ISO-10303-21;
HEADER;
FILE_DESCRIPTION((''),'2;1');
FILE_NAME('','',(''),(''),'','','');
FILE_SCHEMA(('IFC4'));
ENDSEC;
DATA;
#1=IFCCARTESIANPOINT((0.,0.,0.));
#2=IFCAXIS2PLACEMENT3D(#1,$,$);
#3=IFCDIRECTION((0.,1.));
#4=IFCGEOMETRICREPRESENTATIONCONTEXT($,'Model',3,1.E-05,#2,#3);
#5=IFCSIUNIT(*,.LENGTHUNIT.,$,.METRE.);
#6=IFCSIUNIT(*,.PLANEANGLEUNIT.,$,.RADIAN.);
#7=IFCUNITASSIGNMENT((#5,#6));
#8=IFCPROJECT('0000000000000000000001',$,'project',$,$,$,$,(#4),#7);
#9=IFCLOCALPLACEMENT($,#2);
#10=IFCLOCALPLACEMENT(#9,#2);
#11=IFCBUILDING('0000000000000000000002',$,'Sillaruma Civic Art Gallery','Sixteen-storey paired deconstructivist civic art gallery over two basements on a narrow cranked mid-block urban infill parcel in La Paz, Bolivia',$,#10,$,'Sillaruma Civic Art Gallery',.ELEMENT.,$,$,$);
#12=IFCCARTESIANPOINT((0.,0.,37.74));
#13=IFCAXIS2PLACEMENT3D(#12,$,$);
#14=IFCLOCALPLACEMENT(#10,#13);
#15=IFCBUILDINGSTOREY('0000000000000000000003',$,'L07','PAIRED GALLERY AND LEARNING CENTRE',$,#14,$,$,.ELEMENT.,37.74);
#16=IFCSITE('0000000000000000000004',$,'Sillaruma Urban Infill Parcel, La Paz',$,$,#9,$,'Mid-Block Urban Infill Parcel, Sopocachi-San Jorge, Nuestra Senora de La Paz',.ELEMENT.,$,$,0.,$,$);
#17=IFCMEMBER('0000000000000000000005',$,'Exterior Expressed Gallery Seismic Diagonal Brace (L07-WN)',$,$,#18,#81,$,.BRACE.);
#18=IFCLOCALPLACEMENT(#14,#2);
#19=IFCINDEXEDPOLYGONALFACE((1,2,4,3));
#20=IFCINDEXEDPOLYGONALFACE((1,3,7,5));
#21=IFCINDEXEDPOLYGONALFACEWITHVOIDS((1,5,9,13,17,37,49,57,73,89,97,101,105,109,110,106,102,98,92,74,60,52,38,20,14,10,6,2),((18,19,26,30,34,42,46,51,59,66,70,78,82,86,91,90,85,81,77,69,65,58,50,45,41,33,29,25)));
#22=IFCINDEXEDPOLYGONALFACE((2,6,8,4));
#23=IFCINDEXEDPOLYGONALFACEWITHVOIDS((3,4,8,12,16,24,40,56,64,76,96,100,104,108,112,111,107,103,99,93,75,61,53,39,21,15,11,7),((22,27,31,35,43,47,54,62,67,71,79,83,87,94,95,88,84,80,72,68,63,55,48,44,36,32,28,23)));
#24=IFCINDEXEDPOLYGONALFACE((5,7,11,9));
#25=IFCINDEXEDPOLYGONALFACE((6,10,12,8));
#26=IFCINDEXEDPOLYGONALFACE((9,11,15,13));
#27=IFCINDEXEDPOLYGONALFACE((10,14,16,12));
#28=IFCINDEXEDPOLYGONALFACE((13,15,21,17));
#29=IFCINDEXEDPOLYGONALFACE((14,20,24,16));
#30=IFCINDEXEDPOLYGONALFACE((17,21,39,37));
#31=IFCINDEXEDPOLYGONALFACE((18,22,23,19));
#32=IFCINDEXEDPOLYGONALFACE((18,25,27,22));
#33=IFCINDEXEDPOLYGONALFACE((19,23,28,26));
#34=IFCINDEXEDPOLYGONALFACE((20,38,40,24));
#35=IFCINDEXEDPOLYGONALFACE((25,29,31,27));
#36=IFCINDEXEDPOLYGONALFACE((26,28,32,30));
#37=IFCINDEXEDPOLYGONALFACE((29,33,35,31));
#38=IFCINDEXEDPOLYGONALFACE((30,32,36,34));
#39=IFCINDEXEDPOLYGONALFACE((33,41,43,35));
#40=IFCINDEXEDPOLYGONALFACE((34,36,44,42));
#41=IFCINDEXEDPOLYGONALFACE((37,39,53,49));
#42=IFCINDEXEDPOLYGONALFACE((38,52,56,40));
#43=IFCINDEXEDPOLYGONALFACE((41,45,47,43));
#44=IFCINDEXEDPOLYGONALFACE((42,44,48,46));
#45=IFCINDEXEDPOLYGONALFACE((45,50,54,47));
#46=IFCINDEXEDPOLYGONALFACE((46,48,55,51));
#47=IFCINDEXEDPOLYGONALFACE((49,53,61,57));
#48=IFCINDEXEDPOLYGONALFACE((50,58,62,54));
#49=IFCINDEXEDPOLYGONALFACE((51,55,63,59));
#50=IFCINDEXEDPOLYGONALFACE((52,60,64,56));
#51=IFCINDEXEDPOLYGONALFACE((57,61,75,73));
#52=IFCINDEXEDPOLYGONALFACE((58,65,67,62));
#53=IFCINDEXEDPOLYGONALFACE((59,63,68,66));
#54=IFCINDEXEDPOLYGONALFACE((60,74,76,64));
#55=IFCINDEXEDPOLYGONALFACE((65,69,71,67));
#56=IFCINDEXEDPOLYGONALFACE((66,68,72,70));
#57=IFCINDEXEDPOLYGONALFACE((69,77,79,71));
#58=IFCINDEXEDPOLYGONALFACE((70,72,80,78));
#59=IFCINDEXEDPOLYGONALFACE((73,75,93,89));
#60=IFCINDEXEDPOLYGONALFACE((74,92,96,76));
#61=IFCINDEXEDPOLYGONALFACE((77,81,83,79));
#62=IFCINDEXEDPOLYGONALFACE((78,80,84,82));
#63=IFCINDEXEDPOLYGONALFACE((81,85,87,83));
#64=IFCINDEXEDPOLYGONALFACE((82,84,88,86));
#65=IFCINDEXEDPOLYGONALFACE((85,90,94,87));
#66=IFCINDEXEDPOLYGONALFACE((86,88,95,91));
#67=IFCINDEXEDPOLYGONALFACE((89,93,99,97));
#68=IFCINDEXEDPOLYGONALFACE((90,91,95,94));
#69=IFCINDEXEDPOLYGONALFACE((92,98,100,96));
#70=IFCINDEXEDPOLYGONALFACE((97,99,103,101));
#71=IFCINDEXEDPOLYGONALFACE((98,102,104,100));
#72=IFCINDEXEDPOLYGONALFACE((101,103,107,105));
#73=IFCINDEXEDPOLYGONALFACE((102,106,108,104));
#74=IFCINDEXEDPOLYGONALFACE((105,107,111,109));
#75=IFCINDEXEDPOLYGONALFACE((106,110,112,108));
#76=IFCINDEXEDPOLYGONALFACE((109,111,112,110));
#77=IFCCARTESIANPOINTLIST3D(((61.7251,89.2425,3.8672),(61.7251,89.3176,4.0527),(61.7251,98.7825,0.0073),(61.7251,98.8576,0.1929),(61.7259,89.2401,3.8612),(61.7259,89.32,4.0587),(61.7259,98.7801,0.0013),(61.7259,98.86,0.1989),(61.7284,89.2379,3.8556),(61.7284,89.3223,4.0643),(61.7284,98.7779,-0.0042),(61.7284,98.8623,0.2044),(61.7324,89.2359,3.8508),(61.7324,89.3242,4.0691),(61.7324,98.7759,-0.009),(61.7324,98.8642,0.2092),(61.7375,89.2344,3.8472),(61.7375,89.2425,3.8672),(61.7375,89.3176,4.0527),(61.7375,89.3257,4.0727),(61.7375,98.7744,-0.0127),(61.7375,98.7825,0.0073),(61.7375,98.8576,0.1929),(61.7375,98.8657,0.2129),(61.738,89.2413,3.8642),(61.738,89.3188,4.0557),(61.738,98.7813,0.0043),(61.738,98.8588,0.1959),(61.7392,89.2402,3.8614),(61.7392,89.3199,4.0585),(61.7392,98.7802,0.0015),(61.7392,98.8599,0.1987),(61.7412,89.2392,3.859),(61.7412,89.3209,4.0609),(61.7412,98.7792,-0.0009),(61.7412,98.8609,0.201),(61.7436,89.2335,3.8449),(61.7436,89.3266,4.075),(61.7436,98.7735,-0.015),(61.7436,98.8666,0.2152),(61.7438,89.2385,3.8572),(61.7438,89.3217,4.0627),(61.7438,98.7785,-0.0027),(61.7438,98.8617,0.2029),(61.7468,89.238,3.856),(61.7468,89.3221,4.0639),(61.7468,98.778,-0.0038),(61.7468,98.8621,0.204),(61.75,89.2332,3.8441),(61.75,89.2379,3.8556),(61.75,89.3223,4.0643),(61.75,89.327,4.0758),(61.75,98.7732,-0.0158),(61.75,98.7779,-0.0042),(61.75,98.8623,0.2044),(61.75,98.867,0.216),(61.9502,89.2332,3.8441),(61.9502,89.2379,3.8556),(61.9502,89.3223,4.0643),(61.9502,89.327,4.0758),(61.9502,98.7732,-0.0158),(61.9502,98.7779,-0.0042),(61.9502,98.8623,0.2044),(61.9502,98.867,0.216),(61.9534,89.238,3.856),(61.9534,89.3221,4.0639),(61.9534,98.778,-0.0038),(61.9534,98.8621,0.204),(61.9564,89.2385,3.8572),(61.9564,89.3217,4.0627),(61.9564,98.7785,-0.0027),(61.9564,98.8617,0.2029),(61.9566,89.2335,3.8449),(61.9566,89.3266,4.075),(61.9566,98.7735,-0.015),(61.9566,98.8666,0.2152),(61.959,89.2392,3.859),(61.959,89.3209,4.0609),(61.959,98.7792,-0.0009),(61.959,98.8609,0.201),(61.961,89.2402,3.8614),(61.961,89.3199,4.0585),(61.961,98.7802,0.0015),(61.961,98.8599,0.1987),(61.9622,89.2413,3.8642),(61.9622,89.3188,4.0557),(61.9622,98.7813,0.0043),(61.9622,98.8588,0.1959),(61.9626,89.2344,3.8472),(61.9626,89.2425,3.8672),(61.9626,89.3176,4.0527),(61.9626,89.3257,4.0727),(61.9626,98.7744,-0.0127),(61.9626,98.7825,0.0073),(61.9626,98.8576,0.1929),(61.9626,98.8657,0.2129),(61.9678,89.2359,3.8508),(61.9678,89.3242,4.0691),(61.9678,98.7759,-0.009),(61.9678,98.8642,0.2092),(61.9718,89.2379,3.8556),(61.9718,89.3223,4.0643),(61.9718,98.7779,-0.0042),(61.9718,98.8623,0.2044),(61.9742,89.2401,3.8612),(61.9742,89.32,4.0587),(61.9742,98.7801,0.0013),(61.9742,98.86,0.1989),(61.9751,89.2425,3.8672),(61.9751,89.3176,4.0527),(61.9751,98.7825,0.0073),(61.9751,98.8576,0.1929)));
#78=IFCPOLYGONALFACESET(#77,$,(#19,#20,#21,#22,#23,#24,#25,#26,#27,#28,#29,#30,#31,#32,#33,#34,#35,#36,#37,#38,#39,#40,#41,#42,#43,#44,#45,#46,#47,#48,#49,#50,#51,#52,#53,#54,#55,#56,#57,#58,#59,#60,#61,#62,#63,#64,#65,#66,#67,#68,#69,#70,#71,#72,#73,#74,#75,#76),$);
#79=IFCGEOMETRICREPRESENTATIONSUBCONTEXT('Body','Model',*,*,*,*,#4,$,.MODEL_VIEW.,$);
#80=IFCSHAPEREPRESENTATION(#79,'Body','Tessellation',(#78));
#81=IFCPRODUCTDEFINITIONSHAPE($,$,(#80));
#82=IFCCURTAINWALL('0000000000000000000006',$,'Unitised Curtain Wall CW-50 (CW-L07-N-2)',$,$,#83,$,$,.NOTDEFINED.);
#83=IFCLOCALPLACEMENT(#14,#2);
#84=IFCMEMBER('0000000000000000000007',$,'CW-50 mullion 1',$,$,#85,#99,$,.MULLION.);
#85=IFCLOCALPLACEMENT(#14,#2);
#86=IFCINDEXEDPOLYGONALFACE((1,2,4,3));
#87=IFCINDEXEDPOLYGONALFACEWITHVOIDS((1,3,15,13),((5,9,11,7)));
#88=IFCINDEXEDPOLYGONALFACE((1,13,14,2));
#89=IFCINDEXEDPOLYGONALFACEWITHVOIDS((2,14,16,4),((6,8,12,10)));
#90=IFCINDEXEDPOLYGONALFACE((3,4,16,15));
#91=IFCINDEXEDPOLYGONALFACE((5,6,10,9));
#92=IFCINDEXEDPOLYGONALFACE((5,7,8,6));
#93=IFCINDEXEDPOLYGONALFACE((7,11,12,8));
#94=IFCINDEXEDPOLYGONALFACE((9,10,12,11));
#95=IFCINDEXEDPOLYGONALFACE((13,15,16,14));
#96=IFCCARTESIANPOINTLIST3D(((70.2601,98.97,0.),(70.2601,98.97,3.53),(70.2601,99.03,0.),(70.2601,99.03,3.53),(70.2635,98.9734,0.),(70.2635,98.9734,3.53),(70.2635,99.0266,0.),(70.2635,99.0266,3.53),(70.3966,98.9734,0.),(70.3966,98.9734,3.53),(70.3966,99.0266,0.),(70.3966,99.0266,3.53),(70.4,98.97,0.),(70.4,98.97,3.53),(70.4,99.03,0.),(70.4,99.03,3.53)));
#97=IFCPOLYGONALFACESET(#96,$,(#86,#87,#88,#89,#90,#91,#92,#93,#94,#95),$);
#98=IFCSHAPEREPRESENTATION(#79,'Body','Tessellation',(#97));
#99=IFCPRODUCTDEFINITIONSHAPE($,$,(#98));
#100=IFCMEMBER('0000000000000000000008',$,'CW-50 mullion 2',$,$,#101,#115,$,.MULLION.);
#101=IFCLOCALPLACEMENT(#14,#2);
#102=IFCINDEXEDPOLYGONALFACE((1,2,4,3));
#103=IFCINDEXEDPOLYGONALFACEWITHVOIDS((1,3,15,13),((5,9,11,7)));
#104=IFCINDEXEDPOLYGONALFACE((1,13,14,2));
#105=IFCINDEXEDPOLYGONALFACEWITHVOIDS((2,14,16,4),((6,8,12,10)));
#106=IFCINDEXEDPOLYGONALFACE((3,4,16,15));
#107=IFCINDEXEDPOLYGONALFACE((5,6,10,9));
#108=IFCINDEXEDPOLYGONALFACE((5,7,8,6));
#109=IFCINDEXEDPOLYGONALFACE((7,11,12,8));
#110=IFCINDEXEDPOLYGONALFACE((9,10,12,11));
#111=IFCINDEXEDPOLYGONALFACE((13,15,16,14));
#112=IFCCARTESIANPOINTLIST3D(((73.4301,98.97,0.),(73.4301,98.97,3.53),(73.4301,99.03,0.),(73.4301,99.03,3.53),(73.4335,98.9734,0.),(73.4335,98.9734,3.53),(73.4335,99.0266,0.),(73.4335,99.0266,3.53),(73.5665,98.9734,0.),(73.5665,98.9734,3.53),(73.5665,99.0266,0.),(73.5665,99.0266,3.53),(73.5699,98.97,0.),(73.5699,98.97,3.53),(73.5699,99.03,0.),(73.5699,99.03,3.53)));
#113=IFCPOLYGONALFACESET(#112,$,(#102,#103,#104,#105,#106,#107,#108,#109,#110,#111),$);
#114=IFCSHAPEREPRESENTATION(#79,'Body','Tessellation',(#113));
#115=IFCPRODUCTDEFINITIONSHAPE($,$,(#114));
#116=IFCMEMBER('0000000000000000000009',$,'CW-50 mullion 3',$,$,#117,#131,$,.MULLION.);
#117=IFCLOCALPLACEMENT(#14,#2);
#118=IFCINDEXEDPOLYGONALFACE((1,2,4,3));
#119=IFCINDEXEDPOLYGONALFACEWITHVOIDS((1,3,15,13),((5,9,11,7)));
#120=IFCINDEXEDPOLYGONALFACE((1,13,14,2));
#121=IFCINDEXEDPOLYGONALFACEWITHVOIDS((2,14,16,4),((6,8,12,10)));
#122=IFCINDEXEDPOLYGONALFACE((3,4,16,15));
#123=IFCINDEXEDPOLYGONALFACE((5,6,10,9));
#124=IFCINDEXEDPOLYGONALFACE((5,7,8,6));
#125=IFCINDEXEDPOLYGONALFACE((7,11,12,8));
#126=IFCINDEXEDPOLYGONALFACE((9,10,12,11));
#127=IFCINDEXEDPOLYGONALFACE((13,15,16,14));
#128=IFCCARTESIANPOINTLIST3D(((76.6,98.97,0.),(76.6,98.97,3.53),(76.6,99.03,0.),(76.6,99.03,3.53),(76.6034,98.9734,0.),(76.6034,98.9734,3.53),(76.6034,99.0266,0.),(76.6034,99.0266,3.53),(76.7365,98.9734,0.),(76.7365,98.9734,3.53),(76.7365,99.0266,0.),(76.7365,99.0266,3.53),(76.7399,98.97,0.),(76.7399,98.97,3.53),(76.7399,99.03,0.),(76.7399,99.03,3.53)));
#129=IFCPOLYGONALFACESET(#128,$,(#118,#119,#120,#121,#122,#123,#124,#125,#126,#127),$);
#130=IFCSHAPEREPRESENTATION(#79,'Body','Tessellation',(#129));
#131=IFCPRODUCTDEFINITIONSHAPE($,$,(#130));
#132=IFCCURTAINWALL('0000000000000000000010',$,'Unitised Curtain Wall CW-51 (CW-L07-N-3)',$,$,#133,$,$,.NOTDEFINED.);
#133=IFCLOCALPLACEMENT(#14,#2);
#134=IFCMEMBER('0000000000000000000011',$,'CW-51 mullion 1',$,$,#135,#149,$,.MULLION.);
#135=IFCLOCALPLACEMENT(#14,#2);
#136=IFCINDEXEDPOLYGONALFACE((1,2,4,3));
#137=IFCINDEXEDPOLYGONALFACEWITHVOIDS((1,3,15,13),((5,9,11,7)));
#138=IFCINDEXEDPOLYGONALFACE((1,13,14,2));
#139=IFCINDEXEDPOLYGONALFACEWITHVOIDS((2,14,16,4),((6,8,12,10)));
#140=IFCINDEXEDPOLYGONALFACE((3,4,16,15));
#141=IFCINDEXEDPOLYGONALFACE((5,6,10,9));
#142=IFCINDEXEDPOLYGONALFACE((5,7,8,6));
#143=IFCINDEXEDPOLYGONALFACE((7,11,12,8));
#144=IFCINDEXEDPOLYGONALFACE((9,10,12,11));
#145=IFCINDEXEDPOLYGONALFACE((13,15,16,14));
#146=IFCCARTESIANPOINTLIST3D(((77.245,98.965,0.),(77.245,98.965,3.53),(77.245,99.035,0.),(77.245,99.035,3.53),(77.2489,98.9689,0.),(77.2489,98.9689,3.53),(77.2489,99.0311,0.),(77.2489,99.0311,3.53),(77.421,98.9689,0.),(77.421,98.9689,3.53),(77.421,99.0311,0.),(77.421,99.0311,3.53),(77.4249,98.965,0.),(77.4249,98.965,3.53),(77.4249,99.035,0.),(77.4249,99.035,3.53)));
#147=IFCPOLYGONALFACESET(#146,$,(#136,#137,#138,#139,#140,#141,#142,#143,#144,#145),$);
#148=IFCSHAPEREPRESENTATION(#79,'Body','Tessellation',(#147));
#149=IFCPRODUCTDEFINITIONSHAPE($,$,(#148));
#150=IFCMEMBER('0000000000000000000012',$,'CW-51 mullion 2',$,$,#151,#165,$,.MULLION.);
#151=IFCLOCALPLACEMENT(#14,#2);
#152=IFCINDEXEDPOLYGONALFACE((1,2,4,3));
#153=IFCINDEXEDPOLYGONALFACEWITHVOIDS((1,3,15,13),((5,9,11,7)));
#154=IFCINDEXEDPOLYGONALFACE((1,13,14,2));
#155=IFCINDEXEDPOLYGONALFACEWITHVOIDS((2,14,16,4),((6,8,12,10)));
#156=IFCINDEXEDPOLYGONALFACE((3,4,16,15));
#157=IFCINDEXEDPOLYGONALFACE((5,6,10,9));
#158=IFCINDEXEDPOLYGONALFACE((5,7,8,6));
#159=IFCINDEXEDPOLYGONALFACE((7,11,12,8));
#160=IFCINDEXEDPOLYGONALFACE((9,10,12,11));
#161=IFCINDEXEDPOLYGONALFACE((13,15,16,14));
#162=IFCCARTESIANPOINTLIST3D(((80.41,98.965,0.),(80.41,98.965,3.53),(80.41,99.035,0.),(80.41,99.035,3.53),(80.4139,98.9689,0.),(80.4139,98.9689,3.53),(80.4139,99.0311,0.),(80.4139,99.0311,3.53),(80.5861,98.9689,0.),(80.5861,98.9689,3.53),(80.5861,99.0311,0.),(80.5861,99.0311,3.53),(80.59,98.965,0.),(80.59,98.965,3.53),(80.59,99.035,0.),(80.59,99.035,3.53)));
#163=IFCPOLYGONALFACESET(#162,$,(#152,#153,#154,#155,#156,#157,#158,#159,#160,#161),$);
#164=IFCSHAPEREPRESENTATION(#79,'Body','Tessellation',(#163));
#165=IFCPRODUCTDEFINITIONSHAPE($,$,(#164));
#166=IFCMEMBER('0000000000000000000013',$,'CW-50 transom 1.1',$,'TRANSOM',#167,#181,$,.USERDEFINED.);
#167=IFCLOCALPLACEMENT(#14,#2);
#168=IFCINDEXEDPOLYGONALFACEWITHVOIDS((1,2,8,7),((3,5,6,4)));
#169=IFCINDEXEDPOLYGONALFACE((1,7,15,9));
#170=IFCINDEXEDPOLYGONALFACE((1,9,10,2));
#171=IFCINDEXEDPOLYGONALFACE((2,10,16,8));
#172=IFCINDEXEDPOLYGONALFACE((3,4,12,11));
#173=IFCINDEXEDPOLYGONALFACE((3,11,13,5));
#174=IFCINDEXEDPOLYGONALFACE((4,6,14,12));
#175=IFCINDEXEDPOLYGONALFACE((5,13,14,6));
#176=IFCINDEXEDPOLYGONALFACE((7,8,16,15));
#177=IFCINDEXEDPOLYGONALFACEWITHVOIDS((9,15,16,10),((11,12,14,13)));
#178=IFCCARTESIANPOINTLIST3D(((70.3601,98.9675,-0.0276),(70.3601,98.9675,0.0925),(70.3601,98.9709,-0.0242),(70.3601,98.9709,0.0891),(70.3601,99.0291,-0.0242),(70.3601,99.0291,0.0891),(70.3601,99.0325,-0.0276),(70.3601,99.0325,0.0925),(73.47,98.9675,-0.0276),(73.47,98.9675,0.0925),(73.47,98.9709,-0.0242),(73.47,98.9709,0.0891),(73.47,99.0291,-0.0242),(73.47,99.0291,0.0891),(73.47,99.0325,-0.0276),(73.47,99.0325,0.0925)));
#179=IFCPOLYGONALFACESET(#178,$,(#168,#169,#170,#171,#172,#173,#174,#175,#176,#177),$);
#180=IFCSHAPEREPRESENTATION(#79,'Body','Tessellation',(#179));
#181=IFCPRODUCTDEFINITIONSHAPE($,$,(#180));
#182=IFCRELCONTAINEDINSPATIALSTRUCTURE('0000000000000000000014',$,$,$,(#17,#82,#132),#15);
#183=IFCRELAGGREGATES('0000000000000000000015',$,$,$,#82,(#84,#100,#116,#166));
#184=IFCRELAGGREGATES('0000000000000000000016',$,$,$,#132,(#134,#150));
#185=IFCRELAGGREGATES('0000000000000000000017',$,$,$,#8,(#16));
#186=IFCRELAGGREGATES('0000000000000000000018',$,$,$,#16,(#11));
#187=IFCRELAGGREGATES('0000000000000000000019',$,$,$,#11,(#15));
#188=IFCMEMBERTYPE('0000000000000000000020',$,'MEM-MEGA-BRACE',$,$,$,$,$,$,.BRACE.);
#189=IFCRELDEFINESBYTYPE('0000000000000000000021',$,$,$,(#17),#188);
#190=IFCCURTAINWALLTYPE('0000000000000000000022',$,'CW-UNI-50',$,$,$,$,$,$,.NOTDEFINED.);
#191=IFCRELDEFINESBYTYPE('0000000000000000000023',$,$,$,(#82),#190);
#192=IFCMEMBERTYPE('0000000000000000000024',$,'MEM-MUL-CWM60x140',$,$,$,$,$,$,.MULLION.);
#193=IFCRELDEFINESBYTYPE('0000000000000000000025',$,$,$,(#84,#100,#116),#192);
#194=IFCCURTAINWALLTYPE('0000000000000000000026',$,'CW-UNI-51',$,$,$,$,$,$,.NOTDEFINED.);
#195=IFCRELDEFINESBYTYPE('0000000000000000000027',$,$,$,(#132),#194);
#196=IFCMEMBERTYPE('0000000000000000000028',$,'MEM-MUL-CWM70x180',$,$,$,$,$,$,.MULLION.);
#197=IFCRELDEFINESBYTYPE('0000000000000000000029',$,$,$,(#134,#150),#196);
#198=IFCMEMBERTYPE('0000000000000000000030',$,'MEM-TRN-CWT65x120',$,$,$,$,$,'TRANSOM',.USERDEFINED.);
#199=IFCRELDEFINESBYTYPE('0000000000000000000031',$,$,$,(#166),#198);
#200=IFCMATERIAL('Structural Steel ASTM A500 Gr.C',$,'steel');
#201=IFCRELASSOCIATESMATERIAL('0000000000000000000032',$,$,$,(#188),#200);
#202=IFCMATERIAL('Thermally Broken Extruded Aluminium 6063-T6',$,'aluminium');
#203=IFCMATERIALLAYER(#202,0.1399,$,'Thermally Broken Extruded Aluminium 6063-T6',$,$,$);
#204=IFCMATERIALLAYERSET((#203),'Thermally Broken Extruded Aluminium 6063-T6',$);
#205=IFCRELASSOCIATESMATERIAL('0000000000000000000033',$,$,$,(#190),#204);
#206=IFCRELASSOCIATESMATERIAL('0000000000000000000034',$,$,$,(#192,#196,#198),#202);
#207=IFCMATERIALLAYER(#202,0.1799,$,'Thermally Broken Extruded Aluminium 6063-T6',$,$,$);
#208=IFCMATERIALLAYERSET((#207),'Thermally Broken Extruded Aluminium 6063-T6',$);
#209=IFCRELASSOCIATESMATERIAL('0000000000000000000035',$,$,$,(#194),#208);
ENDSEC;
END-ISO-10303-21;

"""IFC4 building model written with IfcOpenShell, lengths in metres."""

from ifc_helpers import new_model, si_unit, direction, frame, origin, origin_2d, place, context, subcontext, project, spatial, hollow_rectangle, extrude, material, layer, layer_set, material_profile, profile_set, type_object, element, aggregate, save


model = new_model("IFC4")

# Units and contexts
model_context = context("Model", 3, precision=1e-05, world=origin(), true_north=direction((0.0, 1.0)))
body_context = subcontext(model_context, "Body", "Model", "MODEL_VIEW")
ifc_project = project(units=[si_unit("LENGTHUNIT", "METRE"), si_unit("PLANEANGLEUNIT", "RADIAN")], contexts=[model_context])

# Site, building, storey
site_placement = place(None, origin())
site = spatial("IfcSite", under=ifc_project, at=site_placement, Name="Sillaruma Urban Infill Parcel, La Paz", LongName="Mid-Block Urban Infill Parcel, Sopocachi-San Jorge, Nuestra Senora de La Paz", CompositionType="ELEMENT", RefElevation=0.0)
building_placement = place(site_placement, origin())
building = spatial("IfcBuilding", under=site, at=building_placement, Name="Sillaruma Civic Art Gallery", Description="Sixteen-storey paired deconstructivist civic art gallery over two basements on a narrow cranked mid-block urban infill parcel in La Paz, Bolivia", LongName="Sillaruma Civic Art Gallery", CompositionType="ELEMENT")
storey_placement = place(building_placement, frame((0.0, 0.0, 37.74)))
storey = spatial("IfcBuildingStorey", under=building, at=storey_placement, Name="L07", Description="PAIRED GALLERY AND LEARNING CENTRE", CompositionType="ELEMENT", Elevation=37.74)

# Member
ifc_material_1 = material(Name="Structural Steel ASTM A500 Gr.C", Category="steel")
ifc_material_profile_1 = material_profile(ifc_material_1, hollow_rectangle(XDim=0.25, YDim=0.25, WallThickness=0.0125, InnerFilletRadius=0.0125, OuterFilletRadius=0.0249, at=origin_2d()), Name="HSS250x250x12.5")
ifc_profile_set_1 = profile_set([ifc_material_profile_1], Name="Structural Steel ASTM A500 Gr.C")
member_type_1 = type_object("IfcMemberType", Name="MEM-MEGA-BRACE", PredefinedType="BRACE", material=ifc_profile_set_1)
member_1_placement = place(storey_placement, frame((61.8501, 98.8201, 0.1001), z_axis=(0.0, -0.927, 0.375061), x_axis=(1.0, 0.0, 0.0)))
element("IfcMember", 1, at=member_1_placement, inside=storey, type_object=member_type_1, Name="Exterior Expressed Gallery Seismic Diagonal Brace (L07-WN)", PredefinedType="BRACE", context=body_context, shape_type="SweptSolid", body=[
    extrude(hollow_rectangle(XDim=0.25, YDim=0.25, WallThickness=0.0125, InnerFilletRadius=0.0125, OuterFilletRadius=0.0249, at=origin_2d()), origin(), (0.0, 0.0, 1.0), 10.2913),
])

# Curtain walls, members
ifc_material_2 = material(Name="Thermally Broken Extruded Aluminium 6063-T6", Category="aluminium")
ifc_layer_1 = layer(ifc_material_2, 0.1399, Name="Thermally Broken Extruded Aluminium 6063-T6")
ifc_layer_set_1 = layer_set([ifc_layer_1], Name="Thermally Broken Extruded Aluminium 6063-T6")
curtain_wall_type_1 = type_object("IfcCurtainWallType", Name="CW-UNI-50", PredefinedType="NOTDEFINED", material=ifc_layer_set_1)
curtain_wall_1_placement = place(storey_placement, origin())
curtain_wall_1 = element("IfcCurtainWall", 2, at=curtain_wall_1_placement, inside=storey, type_object=curtain_wall_type_1, Name="Unitised Curtain Wall CW-50 (CW-L07-N-2)", PredefinedType="NOTDEFINED")
ifc_material_profile_2 = material_profile(ifc_material_2, hollow_rectangle(XDim=0.0601, YDim=0.1399, WallThickness=0.0034, at=origin_2d()), Name="CWM60x140")
ifc_profile_set_2 = profile_set([ifc_material_profile_2], Name="Thermally Broken Extruded Aluminium 6063-T6")
member_type_2 = type_object("IfcMemberType", Name="MEM-MUL-CWM60x140", PredefinedType="MULLION", material=ifc_profile_set_2)
member_2_placement = place(storey_placement, frame((70.3301, 99.0, 0.0), z_axis=(0.0, 0.0, 1.0), x_axis=(0.0, 1.0, 0.0)))
member_2 = element("IfcMember", 3, at=member_2_placement, type_object=member_type_2, Name="CW-50 mullion 1", PredefinedType="MULLION", context=body_context, shape_type="SweptSolid", body=[
    extrude(hollow_rectangle(XDim=0.0601, YDim=0.1399, WallThickness=0.0034, at=origin_2d()), origin(), (0.0, 0.0, 1.0), 3.53),
])
member_3_placement = place(storey_placement, frame((73.5, 99.0, 0.0), z_axis=(0.0, 0.0, 1.0), x_axis=(0.0, 1.0, 0.0)))
member_3 = element("IfcMember", 4, at=member_3_placement, type_object=member_type_2, Name="CW-50 mullion 2", PredefinedType="MULLION", context=body_context, shape_type="SweptSolid", body=[
    extrude(hollow_rectangle(XDim=0.0601, YDim=0.1399, WallThickness=0.0034, at=origin_2d()), origin(), (0.0, 0.0, 1.0), 3.53),
])
member_4_placement = place(storey_placement, frame((76.6699, 99.0, 0.0), z_axis=(0.0, 0.0, 1.0), x_axis=(0.0, 1.0, 0.0)))
member_4 = element("IfcMember", 5, at=member_4_placement, type_object=member_type_2, Name="CW-50 mullion 3", PredefinedType="MULLION", context=body_context, shape_type="SweptSolid", body=[
    extrude(hollow_rectangle(XDim=0.0601, YDim=0.1399, WallThickness=0.0034, at=origin_2d()), origin(), (0.0, 0.0, 1.0), 3.53),
])
ifc_layer_2 = layer(ifc_material_2, 0.1799, Name="Thermally Broken Extruded Aluminium 6063-T6")
ifc_layer_set_2 = layer_set([ifc_layer_2], Name="Thermally Broken Extruded Aluminium 6063-T6")
curtain_wall_type_2 = type_object("IfcCurtainWallType", Name="CW-UNI-51", PredefinedType="NOTDEFINED", material=ifc_layer_set_2)
curtain_wall_2_placement = place(storey_placement, origin())
curtain_wall_2 = element("IfcCurtainWall", 6, at=curtain_wall_2_placement, inside=storey, type_object=curtain_wall_type_2, Name="Unitised Curtain Wall CW-51 (CW-L07-N-3)", PredefinedType="NOTDEFINED")
ifc_material_profile_3 = material_profile(ifc_material_2, hollow_rectangle(XDim=0.0701, YDim=0.1799, WallThickness=0.0039, at=origin_2d()), Name="CWM70x180")
ifc_profile_set_3 = profile_set([ifc_material_profile_3], Name="Thermally Broken Extruded Aluminium 6063-T6")
member_type_3 = type_object("IfcMemberType", Name="MEM-MUL-CWM70x180", PredefinedType="MULLION", material=ifc_profile_set_3)
member_5_placement = place(storey_placement, frame((77.335, 99.0, 0.0), z_axis=(0.0, 0.0, 1.0), x_axis=(0.0, 1.0, 0.0)))
member_5 = element("IfcMember", 7, at=member_5_placement, type_object=member_type_3, Name="CW-51 mullion 1", PredefinedType="MULLION", context=body_context, shape_type="SweptSolid", body=[
    extrude(hollow_rectangle(XDim=0.0701, YDim=0.1799, WallThickness=0.0039, at=origin_2d()), origin(), (0.0, 0.0, 1.0), 3.53),
])
member_6_placement = place(storey_placement, frame((80.5, 99.0, 0.0), z_axis=(0.0, 0.0, 1.0), x_axis=(0.0, 1.0, 0.0)))
member_6 = element("IfcMember", 8, at=member_6_placement, type_object=member_type_3, Name="CW-51 mullion 2", PredefinedType="MULLION", context=body_context, shape_type="SweptSolid", body=[
    extrude(hollow_rectangle(XDim=0.0701, YDim=0.1799, WallThickness=0.0039, at=origin_2d()), origin(), (0.0, 0.0, 1.0), 3.53),
])

# Member
ifc_material_profile_4 = material_profile(ifc_material_2, hollow_rectangle(XDim=0.0649, YDim=0.1201, WallThickness=0.0034, at=origin_2d()), Name="CWT65x120")
ifc_profile_set_4 = profile_set([ifc_material_profile_4], Name="Thermally Broken Extruded Aluminium 6063-T6")
member_type_4 = type_object("IfcMemberType", Name="MEM-TRN-CWT65x120", ElementType="TRANSOM", PredefinedType="USERDEFINED", material=ifc_profile_set_4)
member_7_placement = place(storey_placement, frame((70.3601, 99.0, 0.0325), z_axis=(1.0, 0.0, 0.0), x_axis=(0.0, 1.0, 0.0)))
member_7 = element("IfcMember", 9, at=member_7_placement, type_object=member_type_4, Name="CW-50 transom 1.1", ObjectType="TRANSOM", PredefinedType="USERDEFINED", context=body_context, shape_type="SweptSolid", body=[
    extrude(hollow_rectangle(XDim=0.0649, YDim=0.1201, WallThickness=0.0034, at=origin_2d()), origin(), (0.0, 0.0, 1.0), 3.1099),
])

aggregate(curtain_wall_1, [member_2, member_3, member_4, member_7])
aggregate(curtain_wall_2, [member_5, member_6])

save(model, "model.ifc")
